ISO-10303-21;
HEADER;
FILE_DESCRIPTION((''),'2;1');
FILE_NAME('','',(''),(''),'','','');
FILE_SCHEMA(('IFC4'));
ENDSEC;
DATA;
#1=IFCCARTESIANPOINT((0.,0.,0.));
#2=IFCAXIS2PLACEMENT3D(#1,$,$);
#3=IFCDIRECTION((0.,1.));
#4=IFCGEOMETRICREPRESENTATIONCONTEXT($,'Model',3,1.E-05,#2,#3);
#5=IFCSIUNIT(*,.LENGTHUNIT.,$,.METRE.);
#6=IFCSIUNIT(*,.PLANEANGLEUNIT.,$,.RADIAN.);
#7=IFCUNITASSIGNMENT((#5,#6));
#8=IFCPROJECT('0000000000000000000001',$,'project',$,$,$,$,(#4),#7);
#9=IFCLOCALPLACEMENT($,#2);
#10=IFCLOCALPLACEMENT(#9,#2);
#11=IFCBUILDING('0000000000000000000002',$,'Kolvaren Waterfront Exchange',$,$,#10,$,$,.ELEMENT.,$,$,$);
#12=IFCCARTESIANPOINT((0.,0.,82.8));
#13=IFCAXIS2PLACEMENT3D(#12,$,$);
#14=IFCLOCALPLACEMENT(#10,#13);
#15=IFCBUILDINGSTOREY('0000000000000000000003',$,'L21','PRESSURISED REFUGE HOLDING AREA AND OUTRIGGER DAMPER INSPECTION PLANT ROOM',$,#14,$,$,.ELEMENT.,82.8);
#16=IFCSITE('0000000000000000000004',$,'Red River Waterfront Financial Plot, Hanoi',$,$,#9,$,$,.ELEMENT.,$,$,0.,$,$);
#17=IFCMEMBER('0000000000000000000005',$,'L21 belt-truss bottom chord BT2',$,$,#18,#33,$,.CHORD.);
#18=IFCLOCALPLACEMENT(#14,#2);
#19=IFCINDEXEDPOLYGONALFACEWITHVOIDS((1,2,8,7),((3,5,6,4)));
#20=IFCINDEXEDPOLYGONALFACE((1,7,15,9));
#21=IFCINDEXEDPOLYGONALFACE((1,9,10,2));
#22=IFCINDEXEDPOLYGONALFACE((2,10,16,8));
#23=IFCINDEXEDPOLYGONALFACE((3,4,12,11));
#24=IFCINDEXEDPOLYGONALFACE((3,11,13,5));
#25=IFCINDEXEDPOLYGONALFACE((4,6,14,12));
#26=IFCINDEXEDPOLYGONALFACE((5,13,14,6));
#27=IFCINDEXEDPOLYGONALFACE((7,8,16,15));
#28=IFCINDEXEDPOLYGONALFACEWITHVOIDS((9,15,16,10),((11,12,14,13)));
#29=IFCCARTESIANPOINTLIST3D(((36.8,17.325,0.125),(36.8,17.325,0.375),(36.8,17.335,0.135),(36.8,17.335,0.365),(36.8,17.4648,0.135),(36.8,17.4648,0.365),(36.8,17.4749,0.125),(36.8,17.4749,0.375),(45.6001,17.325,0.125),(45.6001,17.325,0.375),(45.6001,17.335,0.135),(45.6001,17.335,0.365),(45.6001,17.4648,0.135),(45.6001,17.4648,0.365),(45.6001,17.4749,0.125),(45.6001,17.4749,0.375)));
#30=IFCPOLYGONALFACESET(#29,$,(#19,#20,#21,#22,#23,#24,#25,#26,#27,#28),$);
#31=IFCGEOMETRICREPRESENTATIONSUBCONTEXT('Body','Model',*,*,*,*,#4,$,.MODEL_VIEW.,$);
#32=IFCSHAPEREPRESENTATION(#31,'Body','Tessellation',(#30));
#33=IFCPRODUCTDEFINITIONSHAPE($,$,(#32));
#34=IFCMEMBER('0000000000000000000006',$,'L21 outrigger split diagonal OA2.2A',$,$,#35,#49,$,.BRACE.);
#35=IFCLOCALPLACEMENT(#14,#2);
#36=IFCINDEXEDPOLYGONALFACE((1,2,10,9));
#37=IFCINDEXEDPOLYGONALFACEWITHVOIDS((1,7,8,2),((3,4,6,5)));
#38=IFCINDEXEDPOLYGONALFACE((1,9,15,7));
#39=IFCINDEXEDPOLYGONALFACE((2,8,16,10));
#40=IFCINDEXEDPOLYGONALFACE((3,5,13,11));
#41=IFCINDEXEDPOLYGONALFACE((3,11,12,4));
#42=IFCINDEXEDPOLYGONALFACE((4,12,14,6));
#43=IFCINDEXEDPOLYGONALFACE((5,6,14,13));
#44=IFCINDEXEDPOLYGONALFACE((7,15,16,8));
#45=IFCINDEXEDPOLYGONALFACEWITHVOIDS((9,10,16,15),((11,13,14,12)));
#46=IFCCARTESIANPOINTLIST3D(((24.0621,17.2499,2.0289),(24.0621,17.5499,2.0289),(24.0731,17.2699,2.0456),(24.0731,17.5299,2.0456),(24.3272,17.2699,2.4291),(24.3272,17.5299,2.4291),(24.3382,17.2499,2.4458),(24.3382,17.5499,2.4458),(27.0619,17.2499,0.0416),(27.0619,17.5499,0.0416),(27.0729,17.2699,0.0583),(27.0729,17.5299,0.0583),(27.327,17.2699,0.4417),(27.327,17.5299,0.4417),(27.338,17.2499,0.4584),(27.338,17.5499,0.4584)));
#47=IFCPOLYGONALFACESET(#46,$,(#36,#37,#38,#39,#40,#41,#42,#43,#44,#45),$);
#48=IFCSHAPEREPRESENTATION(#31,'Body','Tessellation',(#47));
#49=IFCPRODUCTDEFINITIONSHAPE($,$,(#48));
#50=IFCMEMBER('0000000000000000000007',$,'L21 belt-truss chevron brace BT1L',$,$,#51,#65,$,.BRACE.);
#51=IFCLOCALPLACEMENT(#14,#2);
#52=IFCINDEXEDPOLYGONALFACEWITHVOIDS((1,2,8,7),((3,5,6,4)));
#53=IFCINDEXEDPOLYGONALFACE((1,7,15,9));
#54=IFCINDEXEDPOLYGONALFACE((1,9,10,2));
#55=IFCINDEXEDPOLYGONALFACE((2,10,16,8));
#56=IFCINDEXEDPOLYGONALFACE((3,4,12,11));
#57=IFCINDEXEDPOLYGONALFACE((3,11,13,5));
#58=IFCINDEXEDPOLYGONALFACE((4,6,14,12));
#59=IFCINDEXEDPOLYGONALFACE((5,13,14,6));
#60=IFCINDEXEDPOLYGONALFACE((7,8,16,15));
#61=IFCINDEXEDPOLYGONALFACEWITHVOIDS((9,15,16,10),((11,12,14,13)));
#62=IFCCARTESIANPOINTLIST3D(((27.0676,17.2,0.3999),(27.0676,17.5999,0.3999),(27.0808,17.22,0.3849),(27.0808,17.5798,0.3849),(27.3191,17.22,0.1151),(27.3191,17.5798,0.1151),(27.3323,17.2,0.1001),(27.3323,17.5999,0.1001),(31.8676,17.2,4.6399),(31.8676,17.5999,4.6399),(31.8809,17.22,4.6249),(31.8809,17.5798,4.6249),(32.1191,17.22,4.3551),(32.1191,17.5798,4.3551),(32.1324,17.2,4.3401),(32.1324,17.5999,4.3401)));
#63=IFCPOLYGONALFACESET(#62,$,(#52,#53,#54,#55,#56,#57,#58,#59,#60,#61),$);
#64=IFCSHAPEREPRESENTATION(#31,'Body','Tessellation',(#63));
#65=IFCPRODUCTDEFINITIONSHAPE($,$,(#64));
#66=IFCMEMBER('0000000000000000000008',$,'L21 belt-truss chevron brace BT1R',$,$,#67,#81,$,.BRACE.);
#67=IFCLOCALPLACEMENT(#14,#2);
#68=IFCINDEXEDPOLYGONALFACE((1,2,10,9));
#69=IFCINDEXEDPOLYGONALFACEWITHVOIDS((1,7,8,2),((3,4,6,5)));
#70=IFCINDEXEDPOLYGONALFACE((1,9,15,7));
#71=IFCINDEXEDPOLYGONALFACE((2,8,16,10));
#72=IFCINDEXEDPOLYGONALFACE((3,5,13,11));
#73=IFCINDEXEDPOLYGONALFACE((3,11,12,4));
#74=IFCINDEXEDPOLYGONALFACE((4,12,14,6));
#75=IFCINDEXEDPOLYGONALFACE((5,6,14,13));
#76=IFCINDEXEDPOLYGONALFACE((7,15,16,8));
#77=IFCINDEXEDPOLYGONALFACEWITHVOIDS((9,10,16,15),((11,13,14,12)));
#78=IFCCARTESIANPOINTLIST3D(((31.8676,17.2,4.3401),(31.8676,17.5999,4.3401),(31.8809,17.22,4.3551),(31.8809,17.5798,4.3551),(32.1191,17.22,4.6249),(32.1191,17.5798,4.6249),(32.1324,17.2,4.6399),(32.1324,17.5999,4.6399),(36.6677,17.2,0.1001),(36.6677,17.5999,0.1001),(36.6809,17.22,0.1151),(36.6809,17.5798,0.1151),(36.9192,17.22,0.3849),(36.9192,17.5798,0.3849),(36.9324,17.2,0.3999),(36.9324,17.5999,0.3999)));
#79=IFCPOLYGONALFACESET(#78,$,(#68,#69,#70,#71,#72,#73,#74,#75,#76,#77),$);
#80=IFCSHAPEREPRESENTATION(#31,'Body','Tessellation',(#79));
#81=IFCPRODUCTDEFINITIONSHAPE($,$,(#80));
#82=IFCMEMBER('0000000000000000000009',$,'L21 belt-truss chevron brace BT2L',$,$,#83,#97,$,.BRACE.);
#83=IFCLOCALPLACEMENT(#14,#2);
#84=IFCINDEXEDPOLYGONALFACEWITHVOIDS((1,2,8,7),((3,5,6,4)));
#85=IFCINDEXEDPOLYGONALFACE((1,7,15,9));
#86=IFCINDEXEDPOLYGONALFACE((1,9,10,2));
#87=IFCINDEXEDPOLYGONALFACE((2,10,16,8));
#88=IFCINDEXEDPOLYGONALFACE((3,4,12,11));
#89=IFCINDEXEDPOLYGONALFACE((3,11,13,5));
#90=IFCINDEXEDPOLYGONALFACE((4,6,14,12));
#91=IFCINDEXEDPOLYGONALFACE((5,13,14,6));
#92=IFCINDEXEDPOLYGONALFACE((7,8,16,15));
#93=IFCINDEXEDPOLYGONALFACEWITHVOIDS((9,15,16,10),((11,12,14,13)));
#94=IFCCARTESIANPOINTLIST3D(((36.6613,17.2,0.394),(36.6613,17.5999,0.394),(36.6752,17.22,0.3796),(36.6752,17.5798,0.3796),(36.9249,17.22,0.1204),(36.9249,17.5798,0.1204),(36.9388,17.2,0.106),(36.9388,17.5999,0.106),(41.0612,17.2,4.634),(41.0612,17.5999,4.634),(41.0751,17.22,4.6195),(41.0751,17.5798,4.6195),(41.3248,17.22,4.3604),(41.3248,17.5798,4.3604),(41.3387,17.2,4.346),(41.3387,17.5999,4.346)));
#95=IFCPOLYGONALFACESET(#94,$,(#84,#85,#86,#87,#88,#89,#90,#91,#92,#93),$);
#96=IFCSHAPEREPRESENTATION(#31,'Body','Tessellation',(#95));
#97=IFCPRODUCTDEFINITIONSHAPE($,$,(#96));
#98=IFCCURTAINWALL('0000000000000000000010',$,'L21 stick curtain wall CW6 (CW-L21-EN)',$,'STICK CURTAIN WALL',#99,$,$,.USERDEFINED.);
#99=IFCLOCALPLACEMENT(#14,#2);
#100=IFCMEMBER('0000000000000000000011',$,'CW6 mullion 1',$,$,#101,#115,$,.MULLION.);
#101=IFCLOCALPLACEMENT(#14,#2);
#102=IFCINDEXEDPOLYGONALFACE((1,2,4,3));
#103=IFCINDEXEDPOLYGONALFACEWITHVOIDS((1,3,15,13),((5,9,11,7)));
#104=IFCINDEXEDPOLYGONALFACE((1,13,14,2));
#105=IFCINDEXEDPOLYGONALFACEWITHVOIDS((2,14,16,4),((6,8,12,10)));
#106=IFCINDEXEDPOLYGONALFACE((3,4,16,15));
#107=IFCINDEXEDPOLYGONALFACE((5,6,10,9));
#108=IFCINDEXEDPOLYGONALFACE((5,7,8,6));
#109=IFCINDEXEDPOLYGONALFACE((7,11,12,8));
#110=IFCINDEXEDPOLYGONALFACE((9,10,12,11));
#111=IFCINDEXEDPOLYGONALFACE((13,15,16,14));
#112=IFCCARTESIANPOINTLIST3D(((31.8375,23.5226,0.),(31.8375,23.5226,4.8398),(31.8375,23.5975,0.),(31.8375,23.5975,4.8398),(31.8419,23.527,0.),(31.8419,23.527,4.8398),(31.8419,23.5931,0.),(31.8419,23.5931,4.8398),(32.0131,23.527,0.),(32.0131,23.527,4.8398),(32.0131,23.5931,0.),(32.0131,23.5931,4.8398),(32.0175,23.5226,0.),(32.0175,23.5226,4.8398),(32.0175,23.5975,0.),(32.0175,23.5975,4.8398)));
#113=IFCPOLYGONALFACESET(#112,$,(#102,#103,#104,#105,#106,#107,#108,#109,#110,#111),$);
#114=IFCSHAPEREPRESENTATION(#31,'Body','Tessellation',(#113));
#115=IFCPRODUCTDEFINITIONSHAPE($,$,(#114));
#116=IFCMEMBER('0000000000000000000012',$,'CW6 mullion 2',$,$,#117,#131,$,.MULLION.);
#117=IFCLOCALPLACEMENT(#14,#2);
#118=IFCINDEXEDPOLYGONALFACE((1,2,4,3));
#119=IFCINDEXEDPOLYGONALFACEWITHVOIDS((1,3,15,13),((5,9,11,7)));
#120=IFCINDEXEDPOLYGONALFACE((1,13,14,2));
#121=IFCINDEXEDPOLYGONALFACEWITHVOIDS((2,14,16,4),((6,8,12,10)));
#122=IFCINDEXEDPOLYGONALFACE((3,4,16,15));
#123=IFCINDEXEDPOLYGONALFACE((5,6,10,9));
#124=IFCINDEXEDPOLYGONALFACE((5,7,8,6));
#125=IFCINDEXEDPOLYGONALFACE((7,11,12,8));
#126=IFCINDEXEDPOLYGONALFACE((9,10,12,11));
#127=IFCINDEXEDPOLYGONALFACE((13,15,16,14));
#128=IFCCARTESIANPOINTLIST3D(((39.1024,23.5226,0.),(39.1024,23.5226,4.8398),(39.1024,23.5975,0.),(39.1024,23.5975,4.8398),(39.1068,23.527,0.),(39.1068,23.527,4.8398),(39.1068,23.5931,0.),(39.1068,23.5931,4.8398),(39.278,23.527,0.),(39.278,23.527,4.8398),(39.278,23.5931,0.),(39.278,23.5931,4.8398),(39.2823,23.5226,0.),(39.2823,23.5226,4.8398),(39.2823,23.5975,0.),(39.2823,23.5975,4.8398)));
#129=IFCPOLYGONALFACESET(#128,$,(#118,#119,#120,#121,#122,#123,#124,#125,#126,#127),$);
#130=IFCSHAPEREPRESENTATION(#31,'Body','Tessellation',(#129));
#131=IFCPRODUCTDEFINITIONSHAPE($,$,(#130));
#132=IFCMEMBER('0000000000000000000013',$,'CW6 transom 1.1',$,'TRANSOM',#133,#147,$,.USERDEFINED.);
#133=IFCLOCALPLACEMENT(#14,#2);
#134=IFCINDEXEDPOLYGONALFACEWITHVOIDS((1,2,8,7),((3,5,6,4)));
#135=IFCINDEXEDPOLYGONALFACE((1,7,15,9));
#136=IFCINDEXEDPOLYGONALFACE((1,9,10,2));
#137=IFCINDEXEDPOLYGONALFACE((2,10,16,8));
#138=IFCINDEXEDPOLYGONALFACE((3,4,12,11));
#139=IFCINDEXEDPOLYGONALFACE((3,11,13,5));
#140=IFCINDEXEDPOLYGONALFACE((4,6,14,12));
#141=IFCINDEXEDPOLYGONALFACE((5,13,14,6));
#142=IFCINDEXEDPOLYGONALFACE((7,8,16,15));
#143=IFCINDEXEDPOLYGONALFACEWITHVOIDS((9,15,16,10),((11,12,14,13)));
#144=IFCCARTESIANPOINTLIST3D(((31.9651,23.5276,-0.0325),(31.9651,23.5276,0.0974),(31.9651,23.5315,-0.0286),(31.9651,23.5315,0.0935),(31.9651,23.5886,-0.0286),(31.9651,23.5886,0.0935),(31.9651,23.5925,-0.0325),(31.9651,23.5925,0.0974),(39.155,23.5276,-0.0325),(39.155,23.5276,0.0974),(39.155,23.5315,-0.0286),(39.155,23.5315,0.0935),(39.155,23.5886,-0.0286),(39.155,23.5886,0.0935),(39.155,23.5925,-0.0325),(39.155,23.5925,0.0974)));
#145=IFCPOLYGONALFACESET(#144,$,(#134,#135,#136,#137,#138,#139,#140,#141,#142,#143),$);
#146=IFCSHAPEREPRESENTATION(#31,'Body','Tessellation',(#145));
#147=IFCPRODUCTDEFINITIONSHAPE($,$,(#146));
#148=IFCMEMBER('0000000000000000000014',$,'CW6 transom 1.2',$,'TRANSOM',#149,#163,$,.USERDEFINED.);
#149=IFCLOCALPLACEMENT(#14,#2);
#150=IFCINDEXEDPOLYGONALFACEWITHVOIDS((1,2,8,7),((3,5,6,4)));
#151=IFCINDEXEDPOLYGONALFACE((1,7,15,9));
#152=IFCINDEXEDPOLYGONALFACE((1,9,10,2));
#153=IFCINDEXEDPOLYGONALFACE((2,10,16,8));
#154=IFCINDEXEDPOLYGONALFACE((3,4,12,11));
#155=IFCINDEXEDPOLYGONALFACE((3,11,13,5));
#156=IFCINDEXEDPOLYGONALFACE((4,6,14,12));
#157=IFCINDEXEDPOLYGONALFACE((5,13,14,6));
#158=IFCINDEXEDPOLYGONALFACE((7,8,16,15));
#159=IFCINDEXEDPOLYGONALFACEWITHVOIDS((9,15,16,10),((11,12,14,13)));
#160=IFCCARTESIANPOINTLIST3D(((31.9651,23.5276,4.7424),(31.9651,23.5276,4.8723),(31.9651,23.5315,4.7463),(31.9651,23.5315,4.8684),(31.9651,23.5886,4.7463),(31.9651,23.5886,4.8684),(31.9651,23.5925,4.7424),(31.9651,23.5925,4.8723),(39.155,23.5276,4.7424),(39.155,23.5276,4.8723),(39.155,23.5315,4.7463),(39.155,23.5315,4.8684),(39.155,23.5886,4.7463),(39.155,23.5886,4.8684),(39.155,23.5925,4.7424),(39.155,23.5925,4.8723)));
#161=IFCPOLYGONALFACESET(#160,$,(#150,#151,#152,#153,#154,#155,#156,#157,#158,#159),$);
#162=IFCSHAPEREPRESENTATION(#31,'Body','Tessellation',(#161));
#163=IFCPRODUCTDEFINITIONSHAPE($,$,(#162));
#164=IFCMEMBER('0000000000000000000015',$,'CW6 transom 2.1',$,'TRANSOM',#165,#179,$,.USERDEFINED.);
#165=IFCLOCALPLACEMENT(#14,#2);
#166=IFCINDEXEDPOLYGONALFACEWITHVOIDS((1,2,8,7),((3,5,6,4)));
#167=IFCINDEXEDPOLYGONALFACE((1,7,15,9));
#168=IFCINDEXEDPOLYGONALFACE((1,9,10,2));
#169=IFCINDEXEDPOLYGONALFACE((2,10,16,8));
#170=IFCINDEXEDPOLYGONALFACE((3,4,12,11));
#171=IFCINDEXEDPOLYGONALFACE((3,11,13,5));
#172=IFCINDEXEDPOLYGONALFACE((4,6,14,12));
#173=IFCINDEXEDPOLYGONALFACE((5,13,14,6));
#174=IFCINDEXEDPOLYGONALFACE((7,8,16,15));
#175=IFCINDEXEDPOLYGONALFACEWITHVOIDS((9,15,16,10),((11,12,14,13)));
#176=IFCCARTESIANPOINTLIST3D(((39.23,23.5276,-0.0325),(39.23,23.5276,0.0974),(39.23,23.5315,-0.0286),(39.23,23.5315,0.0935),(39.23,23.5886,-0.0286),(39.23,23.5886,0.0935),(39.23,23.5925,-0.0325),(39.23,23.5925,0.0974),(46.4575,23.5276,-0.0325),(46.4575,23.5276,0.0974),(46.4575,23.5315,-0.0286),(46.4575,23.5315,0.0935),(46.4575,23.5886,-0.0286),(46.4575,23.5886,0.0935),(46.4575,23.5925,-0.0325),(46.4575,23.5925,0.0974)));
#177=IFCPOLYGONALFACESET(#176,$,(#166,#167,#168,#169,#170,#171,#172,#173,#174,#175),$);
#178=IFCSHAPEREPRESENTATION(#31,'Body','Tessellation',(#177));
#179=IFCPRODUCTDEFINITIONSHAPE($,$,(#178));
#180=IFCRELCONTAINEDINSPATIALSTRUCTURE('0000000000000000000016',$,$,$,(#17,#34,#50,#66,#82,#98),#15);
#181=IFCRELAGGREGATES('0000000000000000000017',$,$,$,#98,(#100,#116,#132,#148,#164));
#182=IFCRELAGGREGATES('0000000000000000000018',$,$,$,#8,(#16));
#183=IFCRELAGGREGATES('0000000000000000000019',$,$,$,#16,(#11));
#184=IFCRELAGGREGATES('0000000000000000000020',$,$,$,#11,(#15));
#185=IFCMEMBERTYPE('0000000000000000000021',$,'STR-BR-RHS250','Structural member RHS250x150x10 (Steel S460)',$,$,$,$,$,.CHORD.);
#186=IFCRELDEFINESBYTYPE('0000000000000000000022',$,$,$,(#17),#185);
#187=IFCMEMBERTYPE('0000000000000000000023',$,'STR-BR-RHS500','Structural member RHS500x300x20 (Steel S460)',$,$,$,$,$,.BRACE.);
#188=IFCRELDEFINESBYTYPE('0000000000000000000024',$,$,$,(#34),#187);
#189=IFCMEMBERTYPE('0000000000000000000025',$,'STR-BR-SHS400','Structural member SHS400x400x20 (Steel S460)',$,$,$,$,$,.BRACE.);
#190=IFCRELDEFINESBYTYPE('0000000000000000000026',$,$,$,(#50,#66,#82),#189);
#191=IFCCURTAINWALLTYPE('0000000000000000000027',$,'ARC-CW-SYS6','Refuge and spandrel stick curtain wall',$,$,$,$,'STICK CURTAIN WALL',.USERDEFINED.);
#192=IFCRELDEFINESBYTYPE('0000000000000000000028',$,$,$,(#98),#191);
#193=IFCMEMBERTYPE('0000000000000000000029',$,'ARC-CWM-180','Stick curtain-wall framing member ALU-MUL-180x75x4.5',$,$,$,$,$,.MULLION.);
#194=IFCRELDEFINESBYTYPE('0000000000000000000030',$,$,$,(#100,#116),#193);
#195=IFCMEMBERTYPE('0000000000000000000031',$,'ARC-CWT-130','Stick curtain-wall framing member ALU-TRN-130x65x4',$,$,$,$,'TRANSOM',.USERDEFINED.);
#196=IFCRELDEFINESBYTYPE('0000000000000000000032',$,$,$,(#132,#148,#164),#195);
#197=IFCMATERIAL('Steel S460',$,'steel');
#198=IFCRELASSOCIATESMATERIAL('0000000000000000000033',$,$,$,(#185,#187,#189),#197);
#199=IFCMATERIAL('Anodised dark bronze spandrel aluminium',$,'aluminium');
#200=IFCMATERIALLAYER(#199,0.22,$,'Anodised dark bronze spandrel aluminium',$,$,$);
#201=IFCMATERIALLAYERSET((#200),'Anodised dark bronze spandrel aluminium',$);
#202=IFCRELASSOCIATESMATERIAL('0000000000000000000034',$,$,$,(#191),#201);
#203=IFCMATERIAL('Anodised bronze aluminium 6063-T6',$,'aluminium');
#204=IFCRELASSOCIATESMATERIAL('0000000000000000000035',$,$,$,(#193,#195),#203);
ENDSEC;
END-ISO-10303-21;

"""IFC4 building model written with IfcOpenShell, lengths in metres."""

from ifc_helpers import new_model, si_unit, direction, frame, origin, origin_with_axes, origin_2d, place, context, subcontext, project, spatial, hollow_rectangle, extrude, source, transform, mapped, material, layer, layer_set, material_profile, profile_set, type_object, element, aggregate, save


model = new_model("IFC4")

# Units and contexts
model_context = context("Model", 3, precision=1e-05, world=origin(), true_north=direction((0.0, 1.0)))
body_context = subcontext(model_context, "Body", "Model", "MODEL_VIEW")
ifc_project = project(units=[si_unit("LENGTHUNIT", "METRE"), si_unit("PLANEANGLEUNIT", "RADIAN")], contexts=[model_context])

# Site, building, storey
site_placement = place(None, origin())
site = spatial("IfcSite", under=ifc_project, at=site_placement, Name="Red River Waterfront Financial Plot, Hanoi", CompositionType="ELEMENT", RefElevation=0.0)
building_placement = place(site_placement, origin())
building = spatial("IfcBuilding", under=site, at=building_placement, Name="Kolvaren Waterfront Exchange", CompositionType="ELEMENT")
storey_placement = place(building_placement, frame((0.0, 0.0, 82.8)))
storey = spatial("IfcBuildingStorey", under=building, at=storey_placement, Name="L21", Description="PRESSURISED REFUGE HOLDING AREA AND OUTRIGGER DAMPER INSPECTION PLANT ROOM", CompositionType="ELEMENT", Elevation=82.8)

# Members
ifc_material_1 = material(Name="Steel S460", Category="steel")
ifc_material_profile_1 = material_profile(ifc_material_1, hollow_rectangle(XDim=0.1499, YDim=0.25, WallThickness=0.01, at=origin_2d()), Name="RHS250x150x10")
ifc_profile_set_1 = profile_set([ifc_material_profile_1], Name="Steel S460")
member_type_1 = type_object("IfcMemberType", Name="STR-BR-RHS250", Description="Structural member RHS250x150x10 (Steel S460)", PredefinedType="CHORD", material=ifc_profile_set_1)
member_1_placement = place(storey_placement, frame((36.8, 17.3999, 0.25), z_axis=(1.0, 0.0, 0.0), x_axis=(0.0, 1.0, 0.0)))
element("IfcMember", 1, at=member_1_placement, inside=storey, type_object=member_type_1, Name="L21 belt-truss bottom chord BT2", PredefinedType="CHORD", context=body_context, shape_type="SweptSolid", body=[
    extrude(hollow_rectangle(XDim=0.1499, YDim=0.25, WallThickness=0.01, at=origin_2d()), origin(), (0.0, 0.0, 1.0), 8.8),
])
ifc_material_profile_2 = material_profile(ifc_material_1, hollow_rectangle(XDim=0.3, YDim=0.5, WallThickness=0.02, at=origin_2d()), Name="RHS500x300x20")
ifc_profile_set_2 = profile_set([ifc_material_profile_2], Name="Steel S460")
member_type_2 = type_object("IfcMemberType", Name="STR-BR-RHS500", Description="Structural member RHS500x300x20 (Steel S460)", PredefinedType="BRACE", material=ifc_profile_set_2)
member_2_placement = place(storey_placement, frame((27.2, 17.3999, 0.25), z_axis=(-0.833654, 0.0, 0.552287), x_axis=(0.0, -1.0, 0.0)))
element("IfcMember", 2, at=member_2_placement, inside=storey, type_object=member_type_2, Name="L21 outrigger split diagonal OA2.2A", PredefinedType="BRACE", context=body_context, shape_type="SweptSolid", body=[
    extrude(hollow_rectangle(XDim=0.3, YDim=0.5, WallThickness=0.02, at=origin_2d()), origin(), (0.0, 0.0, 1.0), 3.5984),
])
ifc_material_profile_3 = material_profile(ifc_material_1, hollow_rectangle(XDim=0.3999, YDim=0.3999, WallThickness=0.02, at=origin_2d()), Name="SHS400x400x20")
ifc_profile_set_3 = profile_set([ifc_material_profile_3], Name="Steel S460")
member_type_3 = type_object("IfcMemberType", Name="STR-BR-SHS400", Description="Structural member SHS400x400x20 (Steel S460)", PredefinedType="BRACE", material=ifc_profile_set_3)
for number, where, z_axis, x_axis, name in (
    (3, (27.2, 17.3999, 0.25), (0.749477, 0.0, 0.66203), (0.0, 1.0, 0.0), "L21 belt-truss chevron brace BT1L"),
    (4, (36.8, 17.3999, 0.25), (-0.749477, 0.0, 0.66203), (0.0, -1.0, 0.0), "L21 belt-truss chevron brace BT1R"),
):
    element("IfcMember", number, at=place(storey_placement, frame(where, z_axis=z_axis, x_axis=x_axis)), inside=storey, type_object=member_type_3, Name=name, PredefinedType="BRACE", context=body_context, shape_type="SweptSolid", body=[
        extrude(hollow_rectangle(XDim=0.3999, YDim=0.3999, WallThickness=0.02, at=origin_2d()), origin(), (0.0, 0.0, 1.0), 6.4045),
    ])
member_3_placement = place(storey_placement, frame((36.8, 17.3999, 0.25), z_axis=(0.720071, 0.0, 0.6939), x_axis=(0.0, 1.0, 0.0)))
element("IfcMember", 5, at=member_3_placement, inside=storey, type_object=member_type_3, Name="L21 belt-truss chevron brace BT2L", PredefinedType="BRACE", context=body_context, shape_type="SweptSolid", body=[
    extrude(hollow_rectangle(XDim=0.3999, YDim=0.3999, WallThickness=0.02, at=origin_2d()), origin(), (0.0, 0.0, 1.0), 6.1104),
])

# Curtain wall, members
ifc_material_2 = material(Name="Anodised dark bronze spandrel aluminium", Category="aluminium")
ifc_layer_1 = layer(ifc_material_2, 0.22, Name="Anodised dark bronze spandrel aluminium")
ifc_layer_set_1 = layer_set([ifc_layer_1], Name="Anodised dark bronze spandrel aluminium")
curtain_wall_type = type_object("IfcCurtainWallType", Name="ARC-CW-SYS6", Description="Refuge and spandrel stick curtain wall", ElementType="STICK CURTAIN WALL", PredefinedType="USERDEFINED", material=ifc_layer_set_1)
curtain_wall_placement = place(storey_placement, origin())
curtain_wall = element("IfcCurtainWall", 6, at=curtain_wall_placement, inside=storey, type_object=curtain_wall_type, Name="L21 stick curtain wall CW6 (CW-L21-EN)", ObjectType="STICK CURTAIN WALL", PredefinedType="USERDEFINED")
ifc_material_3 = material(Name="Anodised bronze aluminium 6063-T6", Category="aluminium")
ifc_material_profile_4 = material_profile(ifc_material_3, hollow_rectangle(XDim=0.075, YDim=0.1799, WallThickness=0.0044, at=origin_2d()), Name="ALU-MUL-180x75x4.5")
ifc_profile_set_4 = profile_set([ifc_material_profile_4], Name="Anodised bronze aluminium 6063-T6")
member_type_4 = type_object("IfcMemberType", Name="ARC-CWM-180", Description="Stick curtain-wall framing member ALU-MUL-180x75x4.5", PredefinedType="MULLION", material=ifc_profile_set_4)
shared_shape_1 = source(origin_with_axes(), body_context, "Body", "SweptSolid", [
    extrude(hollow_rectangle(XDim=0.075, YDim=0.1799, WallThickness=0.0044, at=origin_2d()), origin(), (0.0, 0.0, 1.0), 4.8398),
])
member_4_placement = place(storey_placement, frame((31.9275, 23.5601, 0.0), z_axis=(0.0, 0.0, 1.0), x_axis=(0.0, 1.0, 0.0)))
member_4 = element("IfcMember", 7, at=member_4_placement, type_object=member_type_4, Name="CW6 mullion 1", PredefinedType="MULLION", context=body_context, shape_type="MappedRepresentation", body=[
    mapped(shared_shape_1, transform((0.0, 0.0, 0.0), x_axis=(1.0, 0.0, 0.0), y_axis=(0.0, 1.0, 0.0), z_axis=(0.0, 0.0, 1.0), scale=1.0)),
])
member_5_placement = place(storey_placement, frame((39.1924, 23.5601, 0.0), z_axis=(0.0, 0.0, 1.0), x_axis=(0.0, 1.0, 0.0)))
member_5 = element("IfcMember", 8, at=member_5_placement, type_object=member_type_4, Name="CW6 mullion 2", PredefinedType="MULLION", context=body_context, shape_type="MappedRepresentation", body=[
    mapped(shared_shape_1, transform((0.0, 0.0, 0.0), x_axis=(1.0, 0.0, 0.0), y_axis=(0.0, 1.0, 0.0), z_axis=(0.0, 0.0, 1.0), scale=1.0)),
])
ifc_material_profile_5 = material_profile(ifc_material_3, hollow_rectangle(XDim=0.0649, YDim=0.1299, WallThickness=0.0039, at=origin_2d()), Name="ALU-TRN-130x65x4")
ifc_profile_set_5 = profile_set([ifc_material_profile_5], Name="Anodised bronze aluminium 6063-T6")
member_type_5 = type_object("IfcMemberType", Name="ARC-CWT-130", Description="Stick curtain-wall framing member ALU-TRN-130x65x4", ElementType="TRANSOM", PredefinedType="USERDEFINED", material=ifc_profile_set_5)
shared_shape_2 = source(origin_with_axes(), body_context, "Body", "SweptSolid", [
    extrude(hollow_rectangle(XDim=0.0649, YDim=0.1299, WallThickness=0.0039, at=origin_2d()), origin(), (0.0, 0.0, 1.0), 7.1899),
])
member_6_placement = place(storey_placement, frame((31.9651, 23.5601, 0.0325), z_axis=(1.0, 0.0, 0.0), x_axis=(0.0, 1.0, 0.0)))
member_6 = element("IfcMember", 9, at=member_6_placement, type_object=member_type_5, Name="CW6 transom 1.1", ObjectType="TRANSOM", PredefinedType="USERDEFINED", context=body_context, shape_type="MappedRepresentation", body=[
    mapped(shared_shape_2, transform((0.0, 0.0, 0.0), x_axis=(1.0, 0.0, 0.0), y_axis=(0.0, 1.0, 0.0), z_axis=(0.0, 0.0, 1.0), scale=1.0)),
])
member_7_placement = place(storey_placement, frame((31.9651, 23.5601, 4.8074), z_axis=(1.0, 0.0, 0.0), x_axis=(0.0, 1.0, 0.0)))
member_7 = element("IfcMember", 10, at=member_7_placement, type_object=member_type_5, Name="CW6 transom 1.2", ObjectType="TRANSOM", PredefinedType="USERDEFINED", context=body_context, shape_type="MappedRepresentation", body=[
    mapped(shared_shape_2, transform((0.0, 0.0, 0.0), x_axis=(1.0, 0.0, 0.0), y_axis=(0.0, 1.0, 0.0), z_axis=(0.0, 0.0, 1.0), scale=1.0)),
])
shared_shape_3 = source(origin_with_axes(), body_context, "Body", "SweptSolid", [
    extrude(hollow_rectangle(XDim=0.0649, YDim=0.1299, WallThickness=0.0039, at=origin_2d()), origin(), (0.0, 0.0, 1.0), 7.2275),
])
member_8_placement = place(storey_placement, frame((39.23, 23.5601, 0.0325), z_axis=(1.0, 0.0, 0.0), x_axis=(0.0, 1.0, 0.0)))
member_8 = element("IfcMember", 11, at=member_8_placement, type_object=member_type_5, Name="CW6 transom 2.1", ObjectType="TRANSOM", PredefinedType="USERDEFINED", context=body_context, shape_type="MappedRepresentation", body=[
    mapped(shared_shape_3, transform((0.0, 0.0, 0.0), x_axis=(1.0, 0.0, 0.0), y_axis=(0.0, 1.0, 0.0), z_axis=(0.0, 0.0, 1.0), scale=1.0)),
])

aggregate(curtain_wall, [member_4, member_5, member_6, member_7, member_8])

save(model, "model.ifc")
